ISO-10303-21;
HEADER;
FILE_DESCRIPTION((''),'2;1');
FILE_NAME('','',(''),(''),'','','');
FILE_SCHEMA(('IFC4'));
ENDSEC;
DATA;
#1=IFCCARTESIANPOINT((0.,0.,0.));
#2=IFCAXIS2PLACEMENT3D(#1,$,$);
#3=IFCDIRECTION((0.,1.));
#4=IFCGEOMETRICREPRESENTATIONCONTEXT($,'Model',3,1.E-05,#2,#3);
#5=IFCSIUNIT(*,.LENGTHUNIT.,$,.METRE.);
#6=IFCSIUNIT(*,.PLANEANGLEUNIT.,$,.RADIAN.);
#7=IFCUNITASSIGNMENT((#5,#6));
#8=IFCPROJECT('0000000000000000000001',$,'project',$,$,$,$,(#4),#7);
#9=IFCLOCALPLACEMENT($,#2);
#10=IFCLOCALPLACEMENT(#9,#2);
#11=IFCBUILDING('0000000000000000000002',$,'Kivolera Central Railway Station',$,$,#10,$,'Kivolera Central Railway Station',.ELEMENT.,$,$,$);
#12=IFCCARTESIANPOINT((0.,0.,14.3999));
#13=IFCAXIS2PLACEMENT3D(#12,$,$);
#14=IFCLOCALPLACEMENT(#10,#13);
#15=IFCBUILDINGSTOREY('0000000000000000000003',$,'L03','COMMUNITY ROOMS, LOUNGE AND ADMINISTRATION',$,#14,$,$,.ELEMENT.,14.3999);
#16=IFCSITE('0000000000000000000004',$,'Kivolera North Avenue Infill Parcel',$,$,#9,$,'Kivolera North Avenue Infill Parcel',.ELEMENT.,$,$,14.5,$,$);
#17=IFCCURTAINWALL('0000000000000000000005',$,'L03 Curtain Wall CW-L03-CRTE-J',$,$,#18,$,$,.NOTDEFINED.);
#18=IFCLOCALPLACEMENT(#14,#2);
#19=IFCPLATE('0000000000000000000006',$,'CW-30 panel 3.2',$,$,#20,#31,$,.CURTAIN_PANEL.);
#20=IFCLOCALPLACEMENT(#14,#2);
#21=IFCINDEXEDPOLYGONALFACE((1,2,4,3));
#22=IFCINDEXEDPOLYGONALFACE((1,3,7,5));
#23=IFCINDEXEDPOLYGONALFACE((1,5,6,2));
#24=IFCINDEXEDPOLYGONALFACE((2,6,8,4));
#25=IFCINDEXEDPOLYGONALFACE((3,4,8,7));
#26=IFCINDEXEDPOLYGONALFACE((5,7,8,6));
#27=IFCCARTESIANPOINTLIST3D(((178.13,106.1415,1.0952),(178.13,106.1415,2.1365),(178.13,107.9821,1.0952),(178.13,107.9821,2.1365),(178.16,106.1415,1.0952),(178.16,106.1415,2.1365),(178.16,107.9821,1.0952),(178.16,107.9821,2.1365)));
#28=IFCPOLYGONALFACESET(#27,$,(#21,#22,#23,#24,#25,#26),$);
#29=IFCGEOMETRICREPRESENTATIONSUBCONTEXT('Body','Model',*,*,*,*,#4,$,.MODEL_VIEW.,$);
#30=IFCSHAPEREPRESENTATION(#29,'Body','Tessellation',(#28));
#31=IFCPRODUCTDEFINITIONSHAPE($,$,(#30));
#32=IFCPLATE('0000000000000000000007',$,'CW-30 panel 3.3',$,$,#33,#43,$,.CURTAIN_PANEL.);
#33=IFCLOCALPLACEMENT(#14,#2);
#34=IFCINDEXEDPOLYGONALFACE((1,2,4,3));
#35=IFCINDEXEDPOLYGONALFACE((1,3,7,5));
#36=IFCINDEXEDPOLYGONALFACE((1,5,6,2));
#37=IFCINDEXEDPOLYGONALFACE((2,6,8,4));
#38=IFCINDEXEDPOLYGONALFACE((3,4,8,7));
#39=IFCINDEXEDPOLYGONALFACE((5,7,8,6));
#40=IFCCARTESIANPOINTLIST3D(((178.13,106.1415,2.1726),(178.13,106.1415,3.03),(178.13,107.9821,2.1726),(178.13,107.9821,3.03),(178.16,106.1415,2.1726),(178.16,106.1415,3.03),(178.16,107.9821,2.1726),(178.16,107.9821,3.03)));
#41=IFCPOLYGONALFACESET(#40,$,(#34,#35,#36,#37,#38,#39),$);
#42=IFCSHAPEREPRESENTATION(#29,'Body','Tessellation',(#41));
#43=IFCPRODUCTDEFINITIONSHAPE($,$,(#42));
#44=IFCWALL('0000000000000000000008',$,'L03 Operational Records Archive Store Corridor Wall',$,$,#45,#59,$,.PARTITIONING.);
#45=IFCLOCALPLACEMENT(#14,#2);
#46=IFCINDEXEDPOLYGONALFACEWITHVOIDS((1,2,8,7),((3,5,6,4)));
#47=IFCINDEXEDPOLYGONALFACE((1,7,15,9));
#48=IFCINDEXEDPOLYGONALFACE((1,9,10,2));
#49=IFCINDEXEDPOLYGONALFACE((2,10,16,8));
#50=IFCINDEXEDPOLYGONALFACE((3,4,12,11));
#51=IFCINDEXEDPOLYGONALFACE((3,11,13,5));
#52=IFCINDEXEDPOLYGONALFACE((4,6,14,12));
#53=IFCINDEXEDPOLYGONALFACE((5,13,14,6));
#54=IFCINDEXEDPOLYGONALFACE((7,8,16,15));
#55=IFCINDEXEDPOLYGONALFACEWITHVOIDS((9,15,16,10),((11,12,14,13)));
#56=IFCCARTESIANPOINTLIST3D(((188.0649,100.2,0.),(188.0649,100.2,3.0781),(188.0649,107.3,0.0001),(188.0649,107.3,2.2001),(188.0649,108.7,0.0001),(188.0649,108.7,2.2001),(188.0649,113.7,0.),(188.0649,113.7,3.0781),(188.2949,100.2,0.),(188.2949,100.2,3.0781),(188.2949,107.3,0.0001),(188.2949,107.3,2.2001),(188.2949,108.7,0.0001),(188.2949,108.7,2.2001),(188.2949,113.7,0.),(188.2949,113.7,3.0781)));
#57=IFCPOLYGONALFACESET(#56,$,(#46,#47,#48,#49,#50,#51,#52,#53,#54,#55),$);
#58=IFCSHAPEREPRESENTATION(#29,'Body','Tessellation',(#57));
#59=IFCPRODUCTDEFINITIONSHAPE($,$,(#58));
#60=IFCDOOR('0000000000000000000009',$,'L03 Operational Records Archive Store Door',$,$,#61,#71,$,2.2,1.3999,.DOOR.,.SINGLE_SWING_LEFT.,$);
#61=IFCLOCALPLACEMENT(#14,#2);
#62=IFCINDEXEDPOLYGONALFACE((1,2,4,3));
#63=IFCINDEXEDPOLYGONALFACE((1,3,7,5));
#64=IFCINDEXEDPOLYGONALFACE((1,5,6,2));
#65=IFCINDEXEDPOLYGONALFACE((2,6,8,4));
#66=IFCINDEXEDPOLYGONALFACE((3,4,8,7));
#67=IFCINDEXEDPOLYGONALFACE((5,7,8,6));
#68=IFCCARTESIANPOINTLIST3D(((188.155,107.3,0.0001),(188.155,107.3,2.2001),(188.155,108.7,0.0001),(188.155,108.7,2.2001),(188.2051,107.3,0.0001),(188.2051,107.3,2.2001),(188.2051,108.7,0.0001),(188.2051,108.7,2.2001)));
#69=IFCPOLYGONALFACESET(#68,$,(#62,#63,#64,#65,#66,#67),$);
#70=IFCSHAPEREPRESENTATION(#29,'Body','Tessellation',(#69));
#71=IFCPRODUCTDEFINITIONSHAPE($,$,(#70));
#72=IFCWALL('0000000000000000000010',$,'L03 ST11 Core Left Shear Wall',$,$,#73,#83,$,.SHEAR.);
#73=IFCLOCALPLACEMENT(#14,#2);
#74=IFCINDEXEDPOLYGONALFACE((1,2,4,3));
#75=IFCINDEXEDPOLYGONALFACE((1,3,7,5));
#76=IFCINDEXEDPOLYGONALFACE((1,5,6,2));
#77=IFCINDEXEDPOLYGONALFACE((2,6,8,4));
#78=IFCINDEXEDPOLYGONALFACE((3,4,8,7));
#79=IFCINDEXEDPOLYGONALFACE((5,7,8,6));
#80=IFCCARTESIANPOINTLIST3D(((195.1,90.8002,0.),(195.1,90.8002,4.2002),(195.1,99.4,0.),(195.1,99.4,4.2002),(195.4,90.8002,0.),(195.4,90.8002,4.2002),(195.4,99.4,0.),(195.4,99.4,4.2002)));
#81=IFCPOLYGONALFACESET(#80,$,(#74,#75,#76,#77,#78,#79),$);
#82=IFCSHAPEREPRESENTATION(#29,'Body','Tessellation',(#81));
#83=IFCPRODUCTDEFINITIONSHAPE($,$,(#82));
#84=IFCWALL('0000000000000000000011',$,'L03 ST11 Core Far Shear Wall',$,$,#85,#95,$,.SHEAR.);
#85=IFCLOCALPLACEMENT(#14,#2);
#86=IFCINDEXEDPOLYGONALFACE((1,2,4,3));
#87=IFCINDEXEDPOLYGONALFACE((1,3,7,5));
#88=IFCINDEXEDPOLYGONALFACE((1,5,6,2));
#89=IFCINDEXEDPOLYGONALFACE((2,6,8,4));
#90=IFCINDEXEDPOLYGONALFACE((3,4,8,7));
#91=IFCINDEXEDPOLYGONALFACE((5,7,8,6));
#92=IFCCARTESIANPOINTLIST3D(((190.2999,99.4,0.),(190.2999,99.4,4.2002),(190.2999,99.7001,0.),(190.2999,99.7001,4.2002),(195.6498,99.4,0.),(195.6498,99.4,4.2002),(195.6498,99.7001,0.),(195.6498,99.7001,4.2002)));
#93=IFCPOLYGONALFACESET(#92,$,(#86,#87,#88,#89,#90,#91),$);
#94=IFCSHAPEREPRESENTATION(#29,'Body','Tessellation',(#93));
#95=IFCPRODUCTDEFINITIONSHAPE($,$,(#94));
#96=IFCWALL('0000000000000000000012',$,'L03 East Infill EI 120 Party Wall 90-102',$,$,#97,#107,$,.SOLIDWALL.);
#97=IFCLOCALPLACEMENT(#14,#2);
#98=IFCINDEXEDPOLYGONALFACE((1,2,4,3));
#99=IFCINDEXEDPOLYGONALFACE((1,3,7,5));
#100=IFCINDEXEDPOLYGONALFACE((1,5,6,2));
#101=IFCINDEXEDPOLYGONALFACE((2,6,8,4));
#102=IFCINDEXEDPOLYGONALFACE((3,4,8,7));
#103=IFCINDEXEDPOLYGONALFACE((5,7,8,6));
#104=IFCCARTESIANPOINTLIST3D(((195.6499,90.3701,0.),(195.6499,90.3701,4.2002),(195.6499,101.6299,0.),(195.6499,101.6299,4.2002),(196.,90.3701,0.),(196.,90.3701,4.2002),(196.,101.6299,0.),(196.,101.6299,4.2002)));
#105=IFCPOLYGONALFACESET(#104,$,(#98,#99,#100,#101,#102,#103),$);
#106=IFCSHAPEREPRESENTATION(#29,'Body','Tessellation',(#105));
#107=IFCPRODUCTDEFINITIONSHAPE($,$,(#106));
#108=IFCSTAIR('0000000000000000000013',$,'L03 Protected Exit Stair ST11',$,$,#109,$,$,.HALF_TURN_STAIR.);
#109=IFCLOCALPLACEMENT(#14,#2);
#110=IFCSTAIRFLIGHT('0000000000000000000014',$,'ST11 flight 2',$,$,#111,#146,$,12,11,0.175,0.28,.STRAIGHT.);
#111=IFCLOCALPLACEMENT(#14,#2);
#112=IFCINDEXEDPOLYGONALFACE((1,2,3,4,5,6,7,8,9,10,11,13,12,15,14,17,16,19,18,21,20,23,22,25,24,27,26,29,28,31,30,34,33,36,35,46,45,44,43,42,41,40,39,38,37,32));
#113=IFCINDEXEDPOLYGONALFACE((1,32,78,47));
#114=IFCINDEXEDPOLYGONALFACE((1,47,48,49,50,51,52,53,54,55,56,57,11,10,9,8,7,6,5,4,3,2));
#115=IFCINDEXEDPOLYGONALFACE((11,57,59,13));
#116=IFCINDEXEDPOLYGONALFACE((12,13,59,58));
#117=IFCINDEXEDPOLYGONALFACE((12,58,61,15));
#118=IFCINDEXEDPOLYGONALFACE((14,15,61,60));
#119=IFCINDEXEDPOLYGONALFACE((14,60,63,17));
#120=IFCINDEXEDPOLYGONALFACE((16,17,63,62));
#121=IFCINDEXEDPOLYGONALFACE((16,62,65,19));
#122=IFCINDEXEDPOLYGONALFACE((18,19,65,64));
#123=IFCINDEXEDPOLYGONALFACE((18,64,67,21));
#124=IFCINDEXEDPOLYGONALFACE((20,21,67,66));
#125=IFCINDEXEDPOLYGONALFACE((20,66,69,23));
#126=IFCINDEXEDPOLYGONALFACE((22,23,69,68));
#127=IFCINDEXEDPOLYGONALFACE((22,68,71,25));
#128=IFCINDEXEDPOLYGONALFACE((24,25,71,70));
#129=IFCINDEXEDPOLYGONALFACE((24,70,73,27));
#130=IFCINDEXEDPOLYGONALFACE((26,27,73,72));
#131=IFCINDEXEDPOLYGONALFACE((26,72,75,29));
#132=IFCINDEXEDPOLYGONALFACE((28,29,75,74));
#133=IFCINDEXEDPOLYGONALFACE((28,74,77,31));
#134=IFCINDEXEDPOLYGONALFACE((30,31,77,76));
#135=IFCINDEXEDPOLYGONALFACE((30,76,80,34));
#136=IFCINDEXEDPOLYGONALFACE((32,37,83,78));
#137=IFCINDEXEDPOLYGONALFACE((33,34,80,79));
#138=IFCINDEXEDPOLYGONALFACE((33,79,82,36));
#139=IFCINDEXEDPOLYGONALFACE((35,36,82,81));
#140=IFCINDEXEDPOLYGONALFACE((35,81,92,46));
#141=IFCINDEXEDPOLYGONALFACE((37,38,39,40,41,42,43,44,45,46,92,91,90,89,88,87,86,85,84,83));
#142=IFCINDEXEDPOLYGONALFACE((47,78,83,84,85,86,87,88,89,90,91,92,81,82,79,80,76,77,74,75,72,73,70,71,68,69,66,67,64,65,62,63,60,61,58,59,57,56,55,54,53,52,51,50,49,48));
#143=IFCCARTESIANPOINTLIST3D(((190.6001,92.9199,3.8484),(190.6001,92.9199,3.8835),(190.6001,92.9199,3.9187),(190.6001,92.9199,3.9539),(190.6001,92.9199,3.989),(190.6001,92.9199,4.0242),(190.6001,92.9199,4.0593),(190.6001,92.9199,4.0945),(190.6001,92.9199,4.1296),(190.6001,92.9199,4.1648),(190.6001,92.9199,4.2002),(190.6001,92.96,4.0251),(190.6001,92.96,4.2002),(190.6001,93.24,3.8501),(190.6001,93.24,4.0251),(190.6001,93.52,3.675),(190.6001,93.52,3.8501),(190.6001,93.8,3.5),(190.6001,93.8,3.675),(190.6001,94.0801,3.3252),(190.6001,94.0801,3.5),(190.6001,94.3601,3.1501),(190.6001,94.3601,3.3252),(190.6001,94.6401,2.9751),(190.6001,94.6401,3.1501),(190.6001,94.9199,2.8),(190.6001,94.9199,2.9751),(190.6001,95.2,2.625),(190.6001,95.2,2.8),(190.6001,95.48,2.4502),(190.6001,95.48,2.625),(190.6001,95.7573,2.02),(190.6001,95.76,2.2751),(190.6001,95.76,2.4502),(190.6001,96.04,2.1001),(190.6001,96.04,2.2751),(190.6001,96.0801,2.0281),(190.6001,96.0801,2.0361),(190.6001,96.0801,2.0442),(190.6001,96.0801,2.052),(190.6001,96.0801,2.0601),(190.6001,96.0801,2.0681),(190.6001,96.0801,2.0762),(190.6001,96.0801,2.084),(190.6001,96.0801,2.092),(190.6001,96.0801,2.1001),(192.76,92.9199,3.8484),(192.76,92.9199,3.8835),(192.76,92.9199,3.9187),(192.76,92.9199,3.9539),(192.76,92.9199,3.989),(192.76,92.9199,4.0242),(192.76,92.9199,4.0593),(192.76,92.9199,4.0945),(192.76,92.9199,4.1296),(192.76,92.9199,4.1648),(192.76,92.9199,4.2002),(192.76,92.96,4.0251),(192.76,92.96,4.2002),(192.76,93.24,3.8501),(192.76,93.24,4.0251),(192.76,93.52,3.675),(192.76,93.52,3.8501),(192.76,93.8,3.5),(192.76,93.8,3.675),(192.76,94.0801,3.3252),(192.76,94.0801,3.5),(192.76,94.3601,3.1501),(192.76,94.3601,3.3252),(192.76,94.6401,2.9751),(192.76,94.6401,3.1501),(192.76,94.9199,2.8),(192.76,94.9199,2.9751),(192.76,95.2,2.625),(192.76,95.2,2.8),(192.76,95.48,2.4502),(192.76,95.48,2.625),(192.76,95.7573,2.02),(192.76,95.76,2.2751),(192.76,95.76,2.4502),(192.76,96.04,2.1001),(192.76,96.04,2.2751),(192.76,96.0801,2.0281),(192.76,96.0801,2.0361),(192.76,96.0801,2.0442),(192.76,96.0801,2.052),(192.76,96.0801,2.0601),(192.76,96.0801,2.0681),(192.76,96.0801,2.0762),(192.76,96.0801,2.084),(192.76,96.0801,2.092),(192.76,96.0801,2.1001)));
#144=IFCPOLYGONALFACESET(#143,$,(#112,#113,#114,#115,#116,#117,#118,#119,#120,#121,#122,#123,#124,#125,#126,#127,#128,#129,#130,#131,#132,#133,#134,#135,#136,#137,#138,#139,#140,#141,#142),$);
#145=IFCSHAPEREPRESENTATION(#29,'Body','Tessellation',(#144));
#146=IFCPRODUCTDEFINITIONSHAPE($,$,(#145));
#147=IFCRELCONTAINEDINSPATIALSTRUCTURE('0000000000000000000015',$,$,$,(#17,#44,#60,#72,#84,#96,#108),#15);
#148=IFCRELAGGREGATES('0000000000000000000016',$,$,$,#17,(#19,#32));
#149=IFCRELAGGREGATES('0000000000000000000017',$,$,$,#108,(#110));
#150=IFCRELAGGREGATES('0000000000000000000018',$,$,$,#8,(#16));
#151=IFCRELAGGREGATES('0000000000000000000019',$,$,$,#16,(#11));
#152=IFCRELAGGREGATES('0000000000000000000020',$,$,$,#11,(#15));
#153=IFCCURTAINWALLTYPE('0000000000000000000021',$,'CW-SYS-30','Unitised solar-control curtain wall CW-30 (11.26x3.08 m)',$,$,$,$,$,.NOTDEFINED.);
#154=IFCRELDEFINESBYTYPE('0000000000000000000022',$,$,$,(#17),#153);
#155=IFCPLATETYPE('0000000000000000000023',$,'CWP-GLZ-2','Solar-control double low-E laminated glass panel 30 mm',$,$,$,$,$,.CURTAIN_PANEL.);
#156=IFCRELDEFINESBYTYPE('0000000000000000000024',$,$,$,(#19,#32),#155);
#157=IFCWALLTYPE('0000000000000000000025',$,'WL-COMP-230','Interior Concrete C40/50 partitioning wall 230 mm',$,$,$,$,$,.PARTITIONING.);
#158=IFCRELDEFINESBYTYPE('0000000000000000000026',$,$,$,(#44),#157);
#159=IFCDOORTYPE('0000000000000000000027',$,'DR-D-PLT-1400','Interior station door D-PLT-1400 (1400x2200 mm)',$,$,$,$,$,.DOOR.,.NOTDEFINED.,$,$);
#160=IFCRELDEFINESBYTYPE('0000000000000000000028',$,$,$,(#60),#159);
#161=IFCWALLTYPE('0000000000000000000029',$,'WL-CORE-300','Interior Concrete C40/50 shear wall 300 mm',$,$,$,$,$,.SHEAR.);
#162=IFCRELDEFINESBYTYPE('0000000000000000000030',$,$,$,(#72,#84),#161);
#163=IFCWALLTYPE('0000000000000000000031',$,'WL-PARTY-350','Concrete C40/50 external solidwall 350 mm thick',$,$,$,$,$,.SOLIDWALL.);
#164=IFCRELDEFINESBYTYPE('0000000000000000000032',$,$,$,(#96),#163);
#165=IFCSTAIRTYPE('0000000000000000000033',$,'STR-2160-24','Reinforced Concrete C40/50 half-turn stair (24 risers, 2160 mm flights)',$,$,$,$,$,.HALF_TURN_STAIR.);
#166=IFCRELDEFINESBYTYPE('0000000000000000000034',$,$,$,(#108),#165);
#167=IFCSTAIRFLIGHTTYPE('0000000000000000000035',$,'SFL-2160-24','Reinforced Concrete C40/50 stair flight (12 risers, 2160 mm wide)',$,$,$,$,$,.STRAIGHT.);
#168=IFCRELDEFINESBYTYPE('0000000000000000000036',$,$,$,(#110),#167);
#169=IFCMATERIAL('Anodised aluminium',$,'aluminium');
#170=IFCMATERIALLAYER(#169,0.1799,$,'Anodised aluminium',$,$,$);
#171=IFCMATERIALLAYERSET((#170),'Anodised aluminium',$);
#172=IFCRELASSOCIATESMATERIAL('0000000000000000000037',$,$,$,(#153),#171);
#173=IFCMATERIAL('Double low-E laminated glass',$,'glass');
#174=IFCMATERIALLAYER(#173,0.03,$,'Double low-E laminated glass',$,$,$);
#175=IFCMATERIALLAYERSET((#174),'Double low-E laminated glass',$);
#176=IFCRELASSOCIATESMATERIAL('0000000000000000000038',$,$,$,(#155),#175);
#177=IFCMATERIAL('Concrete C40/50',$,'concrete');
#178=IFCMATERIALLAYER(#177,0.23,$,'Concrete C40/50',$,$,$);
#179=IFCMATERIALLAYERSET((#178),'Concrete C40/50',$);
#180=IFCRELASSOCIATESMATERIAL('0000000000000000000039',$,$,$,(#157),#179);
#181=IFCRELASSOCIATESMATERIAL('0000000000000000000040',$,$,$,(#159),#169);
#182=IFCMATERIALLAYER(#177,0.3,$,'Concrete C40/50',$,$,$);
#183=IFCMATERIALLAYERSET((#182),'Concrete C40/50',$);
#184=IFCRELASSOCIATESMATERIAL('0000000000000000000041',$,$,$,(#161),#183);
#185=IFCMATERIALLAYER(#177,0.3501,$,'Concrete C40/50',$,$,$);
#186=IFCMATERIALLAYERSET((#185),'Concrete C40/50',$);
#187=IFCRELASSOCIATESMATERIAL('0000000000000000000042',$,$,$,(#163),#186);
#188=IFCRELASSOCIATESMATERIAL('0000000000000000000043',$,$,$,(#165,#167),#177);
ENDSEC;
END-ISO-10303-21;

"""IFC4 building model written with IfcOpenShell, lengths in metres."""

from ifc_helpers import new_model, si_unit, direction, frame, frame_2d, origin, origin_2d, place, context, subcontext, project, spatial, polyline, rectangle, outline, extrude, material, layer, layer_set, type_object, element, fill, aggregate, save


model = new_model("IFC4")

# Units and contexts
model_context = context("Model", 3, precision=1e-05, world=origin(), true_north=direction((0.0, 1.0)))
body_context = subcontext(model_context, "Body", "Model", "MODEL_VIEW")
ifc_project = project(units=[si_unit("LENGTHUNIT", "METRE"), si_unit("PLANEANGLEUNIT", "RADIAN")], contexts=[model_context])

# Site, building, storey
site_placement = place(None, origin())
site = spatial("IfcSite", under=ifc_project, at=site_placement, Name="Kivolera North Avenue Infill Parcel", LongName="Kivolera North Avenue Infill Parcel", CompositionType="ELEMENT", RefElevation=14.5)
building_placement = place(site_placement, origin())
building = spatial("IfcBuilding", under=site, at=building_placement, Name="Kivolera Central Railway Station", LongName="Kivolera Central Railway Station", CompositionType="ELEMENT")
storey_placement = place(building_placement, frame((0.0, 0.0, 14.3999)))
storey = spatial("IfcBuildingStorey", under=building, at=storey_placement, Name="L03", Description="COMMUNITY ROOMS, LOUNGE AND ADMINISTRATION", CompositionType="ELEMENT", Elevation=14.3999)

# Shared definitions
ifc_material_1 = material(Name="Concrete C40/50", Category="concrete")

# Curtain wall, plates
ifc_material_2 = material(Name="Anodised aluminium", Category="aluminium")
ifc_layer_1 = layer(ifc_material_2, 0.1799, Name="Anodised aluminium")
ifc_layer_set_1 = layer_set([ifc_layer_1], Name="Anodised aluminium")
curtain_wall_type = type_object("IfcCurtainWallType", Name="CW-SYS-30", Description="Unitised solar-control curtain wall CW-30 (11.26x3.08 m)", PredefinedType="NOTDEFINED", material=ifc_layer_set_1)
curtain_wall_placement = place(storey_placement, origin())
curtain_wall = element("IfcCurtainWall", 1, at=curtain_wall_placement, inside=storey, type_object=curtain_wall_type, Name="L03 Curtain Wall CW-L03-CRTE-J", PredefinedType="NOTDEFINED")
ifc_material_3 = material(Name="Double low-E laminated glass", Category="glass")
ifc_layer_2 = layer(ifc_material_3, 0.03, Name="Double low-E laminated glass")
ifc_layer_set_2 = layer_set([ifc_layer_2], Name="Double low-E laminated glass")
plate_type = type_object("IfcPlateType", Name="CWP-GLZ-2", Description="Solar-control double low-E laminated glass panel 30 mm", PredefinedType="CURTAIN_PANEL", material=ifc_layer_set_2)
plate_1_placement = place(storey_placement, frame((178.145, 107.0618, 1.0952), z_axis=(0.0, 0.0, 1.0), x_axis=(0.0, 1.0, 0.0)))
plate_1 = element("IfcPlate", 2, at=plate_1_placement, type_object=plate_type, Name="CW-30 panel 3.2", PredefinedType="CURTAIN_PANEL", context=body_context, shape_type="SweptSolid", body=[
    extrude(rectangle(XDim=1.8406, YDim=0.03, at=origin_2d()), origin(), (0.0, 0.0, 1.0), 1.0413),
])
plate_2_placement = place(storey_placement, frame((178.145, 107.0618, 2.1726), z_axis=(0.0, 0.0, 1.0), x_axis=(0.0, 1.0, 0.0)))
plate_2 = element("IfcPlate", 3, at=plate_2_placement, type_object=plate_type, Name="CW-30 panel 3.3", PredefinedType="CURTAIN_PANEL", context=body_context, shape_type="SweptSolid", body=[
    extrude(rectangle(XDim=1.8406, YDim=0.03, at=origin_2d()), origin(), (0.0, 0.0, 1.0), 0.8574),
])
aggregate(curtain_wall, [plate_1, plate_2])

# Wall, opening, door
ifc_layer_3 = layer(ifc_material_1, 0.23, Name="Concrete C40/50")
ifc_layer_set_3 = layer_set([ifc_layer_3], Name="Concrete C40/50")
wall_type_1 = type_object("IfcWallType", Name="WL-COMP-230", Description="Interior Concrete C40/50 partitioning wall 230 mm", PredefinedType="PARTITIONING", material=ifc_layer_set_3)
wall_1_placement = place(storey_placement, frame((188.1799, 100.2, 0.0), z_axis=(0.0, 0.0, 1.0), x_axis=(0.0, 1.0, 0.0)))
wall_1 = element("IfcWall", 4, at=wall_1_placement, inside=storey, type_object=wall_type_1, Name="L03 Operational Records Archive Store Corridor Wall", PredefinedType="PARTITIONING", context=body_context, shape_type="SweptSolid", body=[
    extrude(rectangle(XDim=13.5, YDim=0.23, at=frame_2d((6.75, 0.0))), origin(), (0.0, 0.0, 1.0), 3.0781),
])
opening_placement = place(wall_1_placement, frame((7.1001, 0.0, 0.0)))
opening = element("IfcOpeningElement", 5, at=opening_placement, cuts=wall_1, PredefinedType="OPENING", context=body_context, shape_type="SweptSolid", body=[
    extrude(rectangle(XDim=1.3999, YDim=2.2, at=frame_2d((0.7, 1.1001))), frame((0.0, 0.125, 0.0), z_axis=(0.0, -1.0, 0.0), x_axis=(1.0, 0.0, 0.0)), (0.0, 0.0, 1.0), 0.25),
])
door_type = type_object("IfcDoorType", Name="DR-D-PLT-1400", Description="Interior station door D-PLT-1400 (1400x2200 mm)", OperationType="NOTDEFINED", PredefinedType="DOOR", material=ifc_material_2)
door_placement = place(opening_placement, origin())
door = element("IfcDoor", 6, at=door_placement, inside=storey, type_object=door_type, Name="L03 Operational Records Archive Store Door", OperationType="SINGLE_SWING_LEFT", OverallHeight=2.2, OverallWidth=1.3999, PredefinedType="DOOR", context=body_context, shape_type="SweptSolid", body=[
    extrude(rectangle(XDim=1.3999, YDim=2.2, at=frame_2d((0.7, 1.1001))), frame((0.0, 0.0249, 0.0), z_axis=(0.0, -1.0, 0.0), x_axis=(1.0, 0.0, 0.0)), (0.0, 0.0, 1.0), 0.05),
])
fill(opening, door)

# Walls
ifc_layer_4 = layer(ifc_material_1, 0.3, Name="Concrete C40/50")
ifc_layer_set_4 = layer_set([ifc_layer_4], Name="Concrete C40/50")
wall_type_2 = type_object("IfcWallType", Name="WL-CORE-300", Description="Interior Concrete C40/50 shear wall 300 mm", PredefinedType="SHEAR", material=ifc_layer_set_4)
wall_2_placement = place(storey_placement, frame((195.25, 99.3999, 0.0), z_axis=(0.0, 0.0, 1.0), x_axis=(0.0, -1.0, 0.0)))
element("IfcWall", 7, at=wall_2_placement, inside=storey, type_object=wall_type_2, Name="L03 ST11 Core Left Shear Wall", PredefinedType="SHEAR", context=body_context, shape_type="SweptSolid", body=[
    extrude(rectangle(XDim=8.5999, YDim=0.3, at=frame_2d((4.2998, 0.0))), origin(), (0.0, 0.0, 1.0), 4.2002),
])
wall_3_placement = place(storey_placement, frame((190.3, 99.55, 0.0), z_axis=(0.0, 0.0, 1.0), x_axis=(1.0, 0.0, 0.0)))
element("IfcWall", 8, at=wall_3_placement, inside=storey, type_object=wall_type_2, Name="L03 ST11 Core Far Shear Wall", PredefinedType="SHEAR", context=body_context, shape_type="SweptSolid", body=[
    extrude(rectangle(XDim=5.3499, YDim=0.3, at=frame_2d((2.6748, 0.0))), origin(), (0.0, 0.0, 1.0), 4.2002),
])
ifc_layer_5 = layer(ifc_material_1, 0.3501, Name="Concrete C40/50")
ifc_layer_set_5 = layer_set([ifc_layer_5], Name="Concrete C40/50")
wall_type_3 = type_object("IfcWallType", Name="WL-PARTY-350", Description="Concrete C40/50 external solidwall 350 mm thick", PredefinedType="SOLIDWALL", material=ifc_layer_set_5)
wall_4_placement = place(storey_placement, frame((195.825, 101.6299, 0.0), z_axis=(0.0, 0.0, 1.0), x_axis=(0.0, -1.0, 0.0)))
element("IfcWall", 9, at=wall_4_placement, inside=storey, type_object=wall_type_3, Name="L03 East Infill EI 120 Party Wall 90-102", PredefinedType="SOLIDWALL", context=body_context, shape_type="SweptSolid", body=[
    extrude(rectangle(XDim=11.2598, YDim=0.3501, at=frame_2d((5.6299, 0.0))), origin(), (0.0, 0.0, 1.0), 4.2002),
])

# Stair, stair flight
stair_type = type_object("IfcStairType", Name="STR-2160-24", Description="Reinforced Concrete C40/50 half-turn stair (24 risers, 2160 mm flights)", PredefinedType="HALF_TURN_STAIR", material=ifc_material_1)
stair_placement = place(storey_placement, origin())
stair = element("IfcStair", 10, at=stair_placement, inside=storey, type_object=stair_type, Name="L03 Protected Exit Stair ST11", PredefinedType="HALF_TURN_STAIR")
stair_flight_type = type_object("IfcStairFlightType", Name="SFL-2160-24", Description="Reinforced Concrete C40/50 stair flight (12 risers, 2160 mm wide)", PredefinedType="STRAIGHT", material=ifc_material_1)
stair_flight_placement = place(storey_placement, frame((191.6799, 96.04, 2.1001), z_axis=(0.0, 0.0, 1.0), x_axis=(0.0, -1.0, 0.0)))
stair_flight = element("IfcStairFlight", 11, at=stair_flight_placement, type_object=stair_flight_type, Name="ST11 flight 2", NumberOfRisers=12, NumberOfTreads=11, PredefinedType="STRAIGHT", RiserHeight=0.175, TreadLength=0.28, context=body_context, shape_type="SweptSolid", body=[
    extrude(outline(polyline([(-0.04, 0.0), (0.0, 0.0), (0.0, 0.175), (0.28, 0.175), (0.28, 0.3501), (0.5601, 0.3501), (0.5601, 0.5249), (0.8401, 0.5249), (0.8401, 0.7), (1.1201, 0.7), (1.1201, 0.875), (1.3999, 0.875), (1.3999, 1.05), (1.6799, 1.05), (1.6799, 1.2251), (1.96, 1.2251), (1.96, 1.3999), (2.24, 1.3999), (2.24, 1.575), (2.52, 1.575), (2.52, 1.75), (2.8, 1.75), (2.8, 1.925), (3.0801, 1.925), (3.0801, 2.1001), (3.1201, 2.1001), (3.1201, 2.0647), (3.1201, 2.0295), (3.1201, 1.9944), (3.1201, 1.9592), (3.1201, 1.9241), (3.1201, 1.8889), (3.1201, 1.8538), (3.1201, 1.8186), (3.1201, 1.7834), (3.1201, 1.7483), (0.2827, -0.0801), (-0.04, -0.072), (-0.04, -0.064), (-0.04, -0.0559), (-0.04, -0.0481), (-0.04, -0.04), (-0.04, -0.032), (-0.04, -0.0239), (-0.04, -0.0161), (-0.04, -0.0081), (-0.04, 0.0)])), frame((0.0, 1.0801, 0.0), z_axis=(0.0, -1.0, 0.0), x_axis=(1.0, 0.0, 0.0)), (0.0, 0.0, 1.0), 2.1599),
])
aggregate(stair, [stair_flight])

save(model, "model.ifc")
